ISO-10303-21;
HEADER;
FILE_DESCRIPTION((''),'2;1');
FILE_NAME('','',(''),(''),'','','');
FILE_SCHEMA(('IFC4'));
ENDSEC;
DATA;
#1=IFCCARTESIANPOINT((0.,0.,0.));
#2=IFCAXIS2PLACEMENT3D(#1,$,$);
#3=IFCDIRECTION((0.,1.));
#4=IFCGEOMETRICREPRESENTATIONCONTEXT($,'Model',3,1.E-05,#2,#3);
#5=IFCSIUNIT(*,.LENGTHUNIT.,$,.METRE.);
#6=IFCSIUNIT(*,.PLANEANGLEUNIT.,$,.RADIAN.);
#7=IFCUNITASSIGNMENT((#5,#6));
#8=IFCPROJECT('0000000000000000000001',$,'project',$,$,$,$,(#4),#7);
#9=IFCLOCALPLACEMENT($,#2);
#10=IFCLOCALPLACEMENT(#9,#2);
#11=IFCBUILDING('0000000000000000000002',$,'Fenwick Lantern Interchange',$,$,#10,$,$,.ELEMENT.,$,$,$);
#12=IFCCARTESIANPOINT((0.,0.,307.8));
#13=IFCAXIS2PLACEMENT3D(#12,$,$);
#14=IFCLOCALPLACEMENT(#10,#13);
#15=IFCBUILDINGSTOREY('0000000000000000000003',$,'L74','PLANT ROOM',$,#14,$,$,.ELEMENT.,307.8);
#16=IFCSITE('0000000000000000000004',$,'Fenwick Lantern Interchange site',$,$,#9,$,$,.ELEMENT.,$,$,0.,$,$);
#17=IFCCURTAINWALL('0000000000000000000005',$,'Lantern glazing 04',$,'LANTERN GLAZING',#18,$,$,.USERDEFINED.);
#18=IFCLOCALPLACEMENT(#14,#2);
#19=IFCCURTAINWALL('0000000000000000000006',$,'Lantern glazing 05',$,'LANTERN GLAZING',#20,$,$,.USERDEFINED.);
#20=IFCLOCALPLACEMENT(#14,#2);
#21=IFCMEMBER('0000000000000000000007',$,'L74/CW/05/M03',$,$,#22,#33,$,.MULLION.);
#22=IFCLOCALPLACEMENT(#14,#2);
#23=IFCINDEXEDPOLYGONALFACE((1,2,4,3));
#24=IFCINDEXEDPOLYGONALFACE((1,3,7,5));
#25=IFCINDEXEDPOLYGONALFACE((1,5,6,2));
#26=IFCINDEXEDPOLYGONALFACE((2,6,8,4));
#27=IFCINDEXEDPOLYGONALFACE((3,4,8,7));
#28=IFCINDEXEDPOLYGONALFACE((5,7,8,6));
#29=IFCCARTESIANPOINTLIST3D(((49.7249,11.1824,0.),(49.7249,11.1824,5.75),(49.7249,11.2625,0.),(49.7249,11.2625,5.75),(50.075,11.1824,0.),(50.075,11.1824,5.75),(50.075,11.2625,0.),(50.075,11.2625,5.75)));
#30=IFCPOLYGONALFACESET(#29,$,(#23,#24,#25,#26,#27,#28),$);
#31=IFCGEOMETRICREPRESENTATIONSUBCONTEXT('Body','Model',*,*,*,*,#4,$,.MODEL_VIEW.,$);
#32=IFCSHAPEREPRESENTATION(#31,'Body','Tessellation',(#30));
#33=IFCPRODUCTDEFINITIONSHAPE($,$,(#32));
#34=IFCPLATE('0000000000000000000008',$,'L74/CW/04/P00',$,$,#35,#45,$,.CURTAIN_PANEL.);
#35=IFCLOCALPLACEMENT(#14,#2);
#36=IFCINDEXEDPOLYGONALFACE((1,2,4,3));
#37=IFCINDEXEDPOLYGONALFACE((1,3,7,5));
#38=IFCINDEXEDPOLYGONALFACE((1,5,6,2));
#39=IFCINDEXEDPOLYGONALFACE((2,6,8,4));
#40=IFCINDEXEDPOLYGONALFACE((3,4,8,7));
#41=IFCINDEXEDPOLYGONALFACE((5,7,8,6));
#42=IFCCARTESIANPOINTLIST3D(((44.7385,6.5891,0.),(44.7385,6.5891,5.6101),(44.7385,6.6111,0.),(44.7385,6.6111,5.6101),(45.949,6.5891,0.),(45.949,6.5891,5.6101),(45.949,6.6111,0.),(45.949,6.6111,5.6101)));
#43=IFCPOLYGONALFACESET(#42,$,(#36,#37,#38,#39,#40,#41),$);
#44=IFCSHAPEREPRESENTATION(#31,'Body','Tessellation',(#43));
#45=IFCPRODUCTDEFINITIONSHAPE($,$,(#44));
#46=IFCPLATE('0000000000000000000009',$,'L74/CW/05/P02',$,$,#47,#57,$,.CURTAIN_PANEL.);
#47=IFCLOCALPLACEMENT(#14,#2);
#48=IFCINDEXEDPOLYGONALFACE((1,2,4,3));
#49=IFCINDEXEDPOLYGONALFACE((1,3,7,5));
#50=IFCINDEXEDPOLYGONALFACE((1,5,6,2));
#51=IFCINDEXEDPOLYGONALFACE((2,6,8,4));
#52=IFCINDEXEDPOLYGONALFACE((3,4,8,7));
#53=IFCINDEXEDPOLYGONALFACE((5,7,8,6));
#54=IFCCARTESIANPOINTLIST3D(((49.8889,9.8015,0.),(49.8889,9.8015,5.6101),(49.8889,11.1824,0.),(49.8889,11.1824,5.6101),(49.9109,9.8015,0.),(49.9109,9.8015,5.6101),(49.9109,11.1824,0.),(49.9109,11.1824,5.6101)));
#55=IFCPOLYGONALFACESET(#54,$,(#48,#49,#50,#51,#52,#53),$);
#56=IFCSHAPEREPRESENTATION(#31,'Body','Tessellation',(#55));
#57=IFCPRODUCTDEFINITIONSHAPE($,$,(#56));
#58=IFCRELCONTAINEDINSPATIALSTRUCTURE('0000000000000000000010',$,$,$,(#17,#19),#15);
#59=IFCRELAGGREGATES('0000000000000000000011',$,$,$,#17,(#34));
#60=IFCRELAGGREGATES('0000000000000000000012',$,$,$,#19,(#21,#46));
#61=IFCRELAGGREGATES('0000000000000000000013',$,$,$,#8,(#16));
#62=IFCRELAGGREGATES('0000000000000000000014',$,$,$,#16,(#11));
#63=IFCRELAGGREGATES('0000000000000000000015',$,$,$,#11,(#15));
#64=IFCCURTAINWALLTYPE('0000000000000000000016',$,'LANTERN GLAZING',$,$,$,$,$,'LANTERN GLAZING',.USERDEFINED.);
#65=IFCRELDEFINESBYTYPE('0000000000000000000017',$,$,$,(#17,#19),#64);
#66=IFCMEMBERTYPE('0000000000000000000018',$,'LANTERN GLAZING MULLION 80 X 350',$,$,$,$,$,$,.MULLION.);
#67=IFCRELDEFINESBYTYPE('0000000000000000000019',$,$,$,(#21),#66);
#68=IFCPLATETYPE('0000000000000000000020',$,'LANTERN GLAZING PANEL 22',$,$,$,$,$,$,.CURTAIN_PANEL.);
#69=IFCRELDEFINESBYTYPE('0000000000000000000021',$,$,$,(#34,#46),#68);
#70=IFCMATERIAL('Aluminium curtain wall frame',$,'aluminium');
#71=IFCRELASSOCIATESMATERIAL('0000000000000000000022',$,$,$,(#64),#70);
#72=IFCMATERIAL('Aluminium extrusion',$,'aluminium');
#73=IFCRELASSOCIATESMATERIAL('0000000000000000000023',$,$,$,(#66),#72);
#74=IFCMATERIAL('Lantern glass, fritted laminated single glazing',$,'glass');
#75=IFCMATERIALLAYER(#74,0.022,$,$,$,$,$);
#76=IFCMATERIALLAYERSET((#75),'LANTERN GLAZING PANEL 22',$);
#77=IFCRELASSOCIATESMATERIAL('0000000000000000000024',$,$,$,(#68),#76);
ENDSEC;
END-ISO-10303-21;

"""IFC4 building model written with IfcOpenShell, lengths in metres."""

from ifc_helpers import new_model, si_unit, direction, frame, origin, origin_2d, place, context, subcontext, project, spatial, rectangle, extrude, material, layer, layer_set, material_profile, profile_set, type_object, element, aggregate, save


model = new_model("IFC4")

# Units and contexts
model_context = context("Model", 3, precision=1e-05, world=origin(), true_north=direction((0.0, 1.0)))
body_context = subcontext(model_context, "Body", "Model", "MODEL_VIEW")
ifc_project = project(units=[si_unit("LENGTHUNIT", "METRE"), si_unit("PLANEANGLEUNIT", "RADIAN")], contexts=[model_context])

# Site, building, storey
site_placement = place(None, origin())
site = spatial("IfcSite", under=ifc_project, at=site_placement, Name="Fenwick Lantern Interchange site", CompositionType="ELEMENT", RefElevation=0.0)
building_placement = place(site_placement, origin())
building = spatial("IfcBuilding", under=site, at=building_placement, Name="Fenwick Lantern Interchange", CompositionType="ELEMENT")
storey_placement = place(building_placement, frame((0.0, 0.0, 307.8)))
storey = spatial("IfcBuildingStorey", under=building, at=storey_placement, Name="L74", Description="PLANT ROOM", CompositionType="ELEMENT", Elevation=307.8)

# Shared definitions
ifc_material_1 = material(Name="Aluminium curtain wall frame", Category="aluminium")
curtain_wall_type = type_object("IfcCurtainWallType", Name="LANTERN GLAZING", ElementType="LANTERN GLAZING", PredefinedType="USERDEFINED", material=ifc_material_1)
ifc_material_2 = material(Name="Aluminium extrusion", Category="aluminium")
ifc_material_profile_1 = material_profile(ifc_material_2, rectangle(XDim=0.3501, YDim=0.0801, at=origin_2d()), Name="LANTERN GLAZING MULLION 80 X 350")
ifc_profile_set_1 = profile_set([ifc_material_profile_1], Name="Aluminium extrusion")
member_type = type_object("IfcMemberType", Name="LANTERN GLAZING MULLION 80 X 350", PredefinedType="MULLION", material=ifc_profile_set_1)

# Curtain walls, member
curtain_wall_1_placement = place(storey_placement, origin())
curtain_wall_1 = element("IfcCurtainWall", 1, at=curtain_wall_1_placement, inside=storey, type_object=curtain_wall_type, Name="Lantern glazing 04", ObjectType="LANTERN GLAZING", PredefinedType="USERDEFINED")
curtain_wall_2_placement = place(storey_placement, origin())
curtain_wall_2 = element("IfcCurtainWall", 2, at=curtain_wall_2_placement, inside=storey, type_object=curtain_wall_type, Name="Lantern glazing 05", ObjectType="LANTERN GLAZING", PredefinedType="USERDEFINED")
member_1_placement = place(storey_placement, frame((49.8999, 11.2224, 0.0), z_axis=(0.0, 0.0, 1.0), x_axis=(-1.0, 0.0, 0.0)))
member_1 = element("IfcMember", 3, at=member_1_placement, type_object=member_type, Name="L74/CW/05/M03", PredefinedType="MULLION", context=body_context, shape_type="SweptSolid", body=[
    extrude(rectangle(XDim=0.3501, YDim=0.0801, at=origin_2d()), origin(), (0.0, 0.0, 1.0), 5.75),
])

# Plates
ifc_material_3 = material(Name="Lantern glass, fritted laminated single glazing", Category="glass")
ifc_layer_1 = layer(ifc_material_3, 0.022)
ifc_layer_set_1 = layer_set([ifc_layer_1], Name="LANTERN GLAZING PANEL 22")
plate_type = type_object("IfcPlateType", Name="LANTERN GLAZING PANEL 22", PredefinedType="CURTAIN_PANEL", material=ifc_layer_set_1)
plate_1_placement = place(storey_placement, frame((45.3438, 6.6001, 0.0), z_axis=(0.0, 0.0, 1.0), x_axis=(1.0, 0.0, 0.0)))
plate_1 = element("IfcPlate", 4, at=plate_1_placement, type_object=plate_type, Name="L74/CW/04/P00", PredefinedType="CURTAIN_PANEL", context=body_context, shape_type="SweptSolid", body=[
    extrude(rectangle(XDim=1.2104, YDim=0.022, at=origin_2d()), origin(), (0.0, 0.0, 1.0), 5.6101),
])
aggregate(curtain_wall_1, [plate_1])
plate_2_placement = place(storey_placement, frame((49.8999, 10.4919, 0.0), z_axis=(0.0, 0.0, 1.0), x_axis=(0.0, 1.0, 0.0)))
plate_2 = element("IfcPlate", 5, at=plate_2_placement, type_object=plate_type, Name="L74/CW/05/P02", PredefinedType="CURTAIN_PANEL", context=body_context, shape_type="SweptSolid", body=[
    extrude(rectangle(XDim=1.3809, YDim=0.022, at=origin_2d()), origin(), (0.0, 0.0, 1.0), 5.6101),
])
aggregate(curtain_wall_2, [member_1, plate_2])

save(model, "model.ifc")
